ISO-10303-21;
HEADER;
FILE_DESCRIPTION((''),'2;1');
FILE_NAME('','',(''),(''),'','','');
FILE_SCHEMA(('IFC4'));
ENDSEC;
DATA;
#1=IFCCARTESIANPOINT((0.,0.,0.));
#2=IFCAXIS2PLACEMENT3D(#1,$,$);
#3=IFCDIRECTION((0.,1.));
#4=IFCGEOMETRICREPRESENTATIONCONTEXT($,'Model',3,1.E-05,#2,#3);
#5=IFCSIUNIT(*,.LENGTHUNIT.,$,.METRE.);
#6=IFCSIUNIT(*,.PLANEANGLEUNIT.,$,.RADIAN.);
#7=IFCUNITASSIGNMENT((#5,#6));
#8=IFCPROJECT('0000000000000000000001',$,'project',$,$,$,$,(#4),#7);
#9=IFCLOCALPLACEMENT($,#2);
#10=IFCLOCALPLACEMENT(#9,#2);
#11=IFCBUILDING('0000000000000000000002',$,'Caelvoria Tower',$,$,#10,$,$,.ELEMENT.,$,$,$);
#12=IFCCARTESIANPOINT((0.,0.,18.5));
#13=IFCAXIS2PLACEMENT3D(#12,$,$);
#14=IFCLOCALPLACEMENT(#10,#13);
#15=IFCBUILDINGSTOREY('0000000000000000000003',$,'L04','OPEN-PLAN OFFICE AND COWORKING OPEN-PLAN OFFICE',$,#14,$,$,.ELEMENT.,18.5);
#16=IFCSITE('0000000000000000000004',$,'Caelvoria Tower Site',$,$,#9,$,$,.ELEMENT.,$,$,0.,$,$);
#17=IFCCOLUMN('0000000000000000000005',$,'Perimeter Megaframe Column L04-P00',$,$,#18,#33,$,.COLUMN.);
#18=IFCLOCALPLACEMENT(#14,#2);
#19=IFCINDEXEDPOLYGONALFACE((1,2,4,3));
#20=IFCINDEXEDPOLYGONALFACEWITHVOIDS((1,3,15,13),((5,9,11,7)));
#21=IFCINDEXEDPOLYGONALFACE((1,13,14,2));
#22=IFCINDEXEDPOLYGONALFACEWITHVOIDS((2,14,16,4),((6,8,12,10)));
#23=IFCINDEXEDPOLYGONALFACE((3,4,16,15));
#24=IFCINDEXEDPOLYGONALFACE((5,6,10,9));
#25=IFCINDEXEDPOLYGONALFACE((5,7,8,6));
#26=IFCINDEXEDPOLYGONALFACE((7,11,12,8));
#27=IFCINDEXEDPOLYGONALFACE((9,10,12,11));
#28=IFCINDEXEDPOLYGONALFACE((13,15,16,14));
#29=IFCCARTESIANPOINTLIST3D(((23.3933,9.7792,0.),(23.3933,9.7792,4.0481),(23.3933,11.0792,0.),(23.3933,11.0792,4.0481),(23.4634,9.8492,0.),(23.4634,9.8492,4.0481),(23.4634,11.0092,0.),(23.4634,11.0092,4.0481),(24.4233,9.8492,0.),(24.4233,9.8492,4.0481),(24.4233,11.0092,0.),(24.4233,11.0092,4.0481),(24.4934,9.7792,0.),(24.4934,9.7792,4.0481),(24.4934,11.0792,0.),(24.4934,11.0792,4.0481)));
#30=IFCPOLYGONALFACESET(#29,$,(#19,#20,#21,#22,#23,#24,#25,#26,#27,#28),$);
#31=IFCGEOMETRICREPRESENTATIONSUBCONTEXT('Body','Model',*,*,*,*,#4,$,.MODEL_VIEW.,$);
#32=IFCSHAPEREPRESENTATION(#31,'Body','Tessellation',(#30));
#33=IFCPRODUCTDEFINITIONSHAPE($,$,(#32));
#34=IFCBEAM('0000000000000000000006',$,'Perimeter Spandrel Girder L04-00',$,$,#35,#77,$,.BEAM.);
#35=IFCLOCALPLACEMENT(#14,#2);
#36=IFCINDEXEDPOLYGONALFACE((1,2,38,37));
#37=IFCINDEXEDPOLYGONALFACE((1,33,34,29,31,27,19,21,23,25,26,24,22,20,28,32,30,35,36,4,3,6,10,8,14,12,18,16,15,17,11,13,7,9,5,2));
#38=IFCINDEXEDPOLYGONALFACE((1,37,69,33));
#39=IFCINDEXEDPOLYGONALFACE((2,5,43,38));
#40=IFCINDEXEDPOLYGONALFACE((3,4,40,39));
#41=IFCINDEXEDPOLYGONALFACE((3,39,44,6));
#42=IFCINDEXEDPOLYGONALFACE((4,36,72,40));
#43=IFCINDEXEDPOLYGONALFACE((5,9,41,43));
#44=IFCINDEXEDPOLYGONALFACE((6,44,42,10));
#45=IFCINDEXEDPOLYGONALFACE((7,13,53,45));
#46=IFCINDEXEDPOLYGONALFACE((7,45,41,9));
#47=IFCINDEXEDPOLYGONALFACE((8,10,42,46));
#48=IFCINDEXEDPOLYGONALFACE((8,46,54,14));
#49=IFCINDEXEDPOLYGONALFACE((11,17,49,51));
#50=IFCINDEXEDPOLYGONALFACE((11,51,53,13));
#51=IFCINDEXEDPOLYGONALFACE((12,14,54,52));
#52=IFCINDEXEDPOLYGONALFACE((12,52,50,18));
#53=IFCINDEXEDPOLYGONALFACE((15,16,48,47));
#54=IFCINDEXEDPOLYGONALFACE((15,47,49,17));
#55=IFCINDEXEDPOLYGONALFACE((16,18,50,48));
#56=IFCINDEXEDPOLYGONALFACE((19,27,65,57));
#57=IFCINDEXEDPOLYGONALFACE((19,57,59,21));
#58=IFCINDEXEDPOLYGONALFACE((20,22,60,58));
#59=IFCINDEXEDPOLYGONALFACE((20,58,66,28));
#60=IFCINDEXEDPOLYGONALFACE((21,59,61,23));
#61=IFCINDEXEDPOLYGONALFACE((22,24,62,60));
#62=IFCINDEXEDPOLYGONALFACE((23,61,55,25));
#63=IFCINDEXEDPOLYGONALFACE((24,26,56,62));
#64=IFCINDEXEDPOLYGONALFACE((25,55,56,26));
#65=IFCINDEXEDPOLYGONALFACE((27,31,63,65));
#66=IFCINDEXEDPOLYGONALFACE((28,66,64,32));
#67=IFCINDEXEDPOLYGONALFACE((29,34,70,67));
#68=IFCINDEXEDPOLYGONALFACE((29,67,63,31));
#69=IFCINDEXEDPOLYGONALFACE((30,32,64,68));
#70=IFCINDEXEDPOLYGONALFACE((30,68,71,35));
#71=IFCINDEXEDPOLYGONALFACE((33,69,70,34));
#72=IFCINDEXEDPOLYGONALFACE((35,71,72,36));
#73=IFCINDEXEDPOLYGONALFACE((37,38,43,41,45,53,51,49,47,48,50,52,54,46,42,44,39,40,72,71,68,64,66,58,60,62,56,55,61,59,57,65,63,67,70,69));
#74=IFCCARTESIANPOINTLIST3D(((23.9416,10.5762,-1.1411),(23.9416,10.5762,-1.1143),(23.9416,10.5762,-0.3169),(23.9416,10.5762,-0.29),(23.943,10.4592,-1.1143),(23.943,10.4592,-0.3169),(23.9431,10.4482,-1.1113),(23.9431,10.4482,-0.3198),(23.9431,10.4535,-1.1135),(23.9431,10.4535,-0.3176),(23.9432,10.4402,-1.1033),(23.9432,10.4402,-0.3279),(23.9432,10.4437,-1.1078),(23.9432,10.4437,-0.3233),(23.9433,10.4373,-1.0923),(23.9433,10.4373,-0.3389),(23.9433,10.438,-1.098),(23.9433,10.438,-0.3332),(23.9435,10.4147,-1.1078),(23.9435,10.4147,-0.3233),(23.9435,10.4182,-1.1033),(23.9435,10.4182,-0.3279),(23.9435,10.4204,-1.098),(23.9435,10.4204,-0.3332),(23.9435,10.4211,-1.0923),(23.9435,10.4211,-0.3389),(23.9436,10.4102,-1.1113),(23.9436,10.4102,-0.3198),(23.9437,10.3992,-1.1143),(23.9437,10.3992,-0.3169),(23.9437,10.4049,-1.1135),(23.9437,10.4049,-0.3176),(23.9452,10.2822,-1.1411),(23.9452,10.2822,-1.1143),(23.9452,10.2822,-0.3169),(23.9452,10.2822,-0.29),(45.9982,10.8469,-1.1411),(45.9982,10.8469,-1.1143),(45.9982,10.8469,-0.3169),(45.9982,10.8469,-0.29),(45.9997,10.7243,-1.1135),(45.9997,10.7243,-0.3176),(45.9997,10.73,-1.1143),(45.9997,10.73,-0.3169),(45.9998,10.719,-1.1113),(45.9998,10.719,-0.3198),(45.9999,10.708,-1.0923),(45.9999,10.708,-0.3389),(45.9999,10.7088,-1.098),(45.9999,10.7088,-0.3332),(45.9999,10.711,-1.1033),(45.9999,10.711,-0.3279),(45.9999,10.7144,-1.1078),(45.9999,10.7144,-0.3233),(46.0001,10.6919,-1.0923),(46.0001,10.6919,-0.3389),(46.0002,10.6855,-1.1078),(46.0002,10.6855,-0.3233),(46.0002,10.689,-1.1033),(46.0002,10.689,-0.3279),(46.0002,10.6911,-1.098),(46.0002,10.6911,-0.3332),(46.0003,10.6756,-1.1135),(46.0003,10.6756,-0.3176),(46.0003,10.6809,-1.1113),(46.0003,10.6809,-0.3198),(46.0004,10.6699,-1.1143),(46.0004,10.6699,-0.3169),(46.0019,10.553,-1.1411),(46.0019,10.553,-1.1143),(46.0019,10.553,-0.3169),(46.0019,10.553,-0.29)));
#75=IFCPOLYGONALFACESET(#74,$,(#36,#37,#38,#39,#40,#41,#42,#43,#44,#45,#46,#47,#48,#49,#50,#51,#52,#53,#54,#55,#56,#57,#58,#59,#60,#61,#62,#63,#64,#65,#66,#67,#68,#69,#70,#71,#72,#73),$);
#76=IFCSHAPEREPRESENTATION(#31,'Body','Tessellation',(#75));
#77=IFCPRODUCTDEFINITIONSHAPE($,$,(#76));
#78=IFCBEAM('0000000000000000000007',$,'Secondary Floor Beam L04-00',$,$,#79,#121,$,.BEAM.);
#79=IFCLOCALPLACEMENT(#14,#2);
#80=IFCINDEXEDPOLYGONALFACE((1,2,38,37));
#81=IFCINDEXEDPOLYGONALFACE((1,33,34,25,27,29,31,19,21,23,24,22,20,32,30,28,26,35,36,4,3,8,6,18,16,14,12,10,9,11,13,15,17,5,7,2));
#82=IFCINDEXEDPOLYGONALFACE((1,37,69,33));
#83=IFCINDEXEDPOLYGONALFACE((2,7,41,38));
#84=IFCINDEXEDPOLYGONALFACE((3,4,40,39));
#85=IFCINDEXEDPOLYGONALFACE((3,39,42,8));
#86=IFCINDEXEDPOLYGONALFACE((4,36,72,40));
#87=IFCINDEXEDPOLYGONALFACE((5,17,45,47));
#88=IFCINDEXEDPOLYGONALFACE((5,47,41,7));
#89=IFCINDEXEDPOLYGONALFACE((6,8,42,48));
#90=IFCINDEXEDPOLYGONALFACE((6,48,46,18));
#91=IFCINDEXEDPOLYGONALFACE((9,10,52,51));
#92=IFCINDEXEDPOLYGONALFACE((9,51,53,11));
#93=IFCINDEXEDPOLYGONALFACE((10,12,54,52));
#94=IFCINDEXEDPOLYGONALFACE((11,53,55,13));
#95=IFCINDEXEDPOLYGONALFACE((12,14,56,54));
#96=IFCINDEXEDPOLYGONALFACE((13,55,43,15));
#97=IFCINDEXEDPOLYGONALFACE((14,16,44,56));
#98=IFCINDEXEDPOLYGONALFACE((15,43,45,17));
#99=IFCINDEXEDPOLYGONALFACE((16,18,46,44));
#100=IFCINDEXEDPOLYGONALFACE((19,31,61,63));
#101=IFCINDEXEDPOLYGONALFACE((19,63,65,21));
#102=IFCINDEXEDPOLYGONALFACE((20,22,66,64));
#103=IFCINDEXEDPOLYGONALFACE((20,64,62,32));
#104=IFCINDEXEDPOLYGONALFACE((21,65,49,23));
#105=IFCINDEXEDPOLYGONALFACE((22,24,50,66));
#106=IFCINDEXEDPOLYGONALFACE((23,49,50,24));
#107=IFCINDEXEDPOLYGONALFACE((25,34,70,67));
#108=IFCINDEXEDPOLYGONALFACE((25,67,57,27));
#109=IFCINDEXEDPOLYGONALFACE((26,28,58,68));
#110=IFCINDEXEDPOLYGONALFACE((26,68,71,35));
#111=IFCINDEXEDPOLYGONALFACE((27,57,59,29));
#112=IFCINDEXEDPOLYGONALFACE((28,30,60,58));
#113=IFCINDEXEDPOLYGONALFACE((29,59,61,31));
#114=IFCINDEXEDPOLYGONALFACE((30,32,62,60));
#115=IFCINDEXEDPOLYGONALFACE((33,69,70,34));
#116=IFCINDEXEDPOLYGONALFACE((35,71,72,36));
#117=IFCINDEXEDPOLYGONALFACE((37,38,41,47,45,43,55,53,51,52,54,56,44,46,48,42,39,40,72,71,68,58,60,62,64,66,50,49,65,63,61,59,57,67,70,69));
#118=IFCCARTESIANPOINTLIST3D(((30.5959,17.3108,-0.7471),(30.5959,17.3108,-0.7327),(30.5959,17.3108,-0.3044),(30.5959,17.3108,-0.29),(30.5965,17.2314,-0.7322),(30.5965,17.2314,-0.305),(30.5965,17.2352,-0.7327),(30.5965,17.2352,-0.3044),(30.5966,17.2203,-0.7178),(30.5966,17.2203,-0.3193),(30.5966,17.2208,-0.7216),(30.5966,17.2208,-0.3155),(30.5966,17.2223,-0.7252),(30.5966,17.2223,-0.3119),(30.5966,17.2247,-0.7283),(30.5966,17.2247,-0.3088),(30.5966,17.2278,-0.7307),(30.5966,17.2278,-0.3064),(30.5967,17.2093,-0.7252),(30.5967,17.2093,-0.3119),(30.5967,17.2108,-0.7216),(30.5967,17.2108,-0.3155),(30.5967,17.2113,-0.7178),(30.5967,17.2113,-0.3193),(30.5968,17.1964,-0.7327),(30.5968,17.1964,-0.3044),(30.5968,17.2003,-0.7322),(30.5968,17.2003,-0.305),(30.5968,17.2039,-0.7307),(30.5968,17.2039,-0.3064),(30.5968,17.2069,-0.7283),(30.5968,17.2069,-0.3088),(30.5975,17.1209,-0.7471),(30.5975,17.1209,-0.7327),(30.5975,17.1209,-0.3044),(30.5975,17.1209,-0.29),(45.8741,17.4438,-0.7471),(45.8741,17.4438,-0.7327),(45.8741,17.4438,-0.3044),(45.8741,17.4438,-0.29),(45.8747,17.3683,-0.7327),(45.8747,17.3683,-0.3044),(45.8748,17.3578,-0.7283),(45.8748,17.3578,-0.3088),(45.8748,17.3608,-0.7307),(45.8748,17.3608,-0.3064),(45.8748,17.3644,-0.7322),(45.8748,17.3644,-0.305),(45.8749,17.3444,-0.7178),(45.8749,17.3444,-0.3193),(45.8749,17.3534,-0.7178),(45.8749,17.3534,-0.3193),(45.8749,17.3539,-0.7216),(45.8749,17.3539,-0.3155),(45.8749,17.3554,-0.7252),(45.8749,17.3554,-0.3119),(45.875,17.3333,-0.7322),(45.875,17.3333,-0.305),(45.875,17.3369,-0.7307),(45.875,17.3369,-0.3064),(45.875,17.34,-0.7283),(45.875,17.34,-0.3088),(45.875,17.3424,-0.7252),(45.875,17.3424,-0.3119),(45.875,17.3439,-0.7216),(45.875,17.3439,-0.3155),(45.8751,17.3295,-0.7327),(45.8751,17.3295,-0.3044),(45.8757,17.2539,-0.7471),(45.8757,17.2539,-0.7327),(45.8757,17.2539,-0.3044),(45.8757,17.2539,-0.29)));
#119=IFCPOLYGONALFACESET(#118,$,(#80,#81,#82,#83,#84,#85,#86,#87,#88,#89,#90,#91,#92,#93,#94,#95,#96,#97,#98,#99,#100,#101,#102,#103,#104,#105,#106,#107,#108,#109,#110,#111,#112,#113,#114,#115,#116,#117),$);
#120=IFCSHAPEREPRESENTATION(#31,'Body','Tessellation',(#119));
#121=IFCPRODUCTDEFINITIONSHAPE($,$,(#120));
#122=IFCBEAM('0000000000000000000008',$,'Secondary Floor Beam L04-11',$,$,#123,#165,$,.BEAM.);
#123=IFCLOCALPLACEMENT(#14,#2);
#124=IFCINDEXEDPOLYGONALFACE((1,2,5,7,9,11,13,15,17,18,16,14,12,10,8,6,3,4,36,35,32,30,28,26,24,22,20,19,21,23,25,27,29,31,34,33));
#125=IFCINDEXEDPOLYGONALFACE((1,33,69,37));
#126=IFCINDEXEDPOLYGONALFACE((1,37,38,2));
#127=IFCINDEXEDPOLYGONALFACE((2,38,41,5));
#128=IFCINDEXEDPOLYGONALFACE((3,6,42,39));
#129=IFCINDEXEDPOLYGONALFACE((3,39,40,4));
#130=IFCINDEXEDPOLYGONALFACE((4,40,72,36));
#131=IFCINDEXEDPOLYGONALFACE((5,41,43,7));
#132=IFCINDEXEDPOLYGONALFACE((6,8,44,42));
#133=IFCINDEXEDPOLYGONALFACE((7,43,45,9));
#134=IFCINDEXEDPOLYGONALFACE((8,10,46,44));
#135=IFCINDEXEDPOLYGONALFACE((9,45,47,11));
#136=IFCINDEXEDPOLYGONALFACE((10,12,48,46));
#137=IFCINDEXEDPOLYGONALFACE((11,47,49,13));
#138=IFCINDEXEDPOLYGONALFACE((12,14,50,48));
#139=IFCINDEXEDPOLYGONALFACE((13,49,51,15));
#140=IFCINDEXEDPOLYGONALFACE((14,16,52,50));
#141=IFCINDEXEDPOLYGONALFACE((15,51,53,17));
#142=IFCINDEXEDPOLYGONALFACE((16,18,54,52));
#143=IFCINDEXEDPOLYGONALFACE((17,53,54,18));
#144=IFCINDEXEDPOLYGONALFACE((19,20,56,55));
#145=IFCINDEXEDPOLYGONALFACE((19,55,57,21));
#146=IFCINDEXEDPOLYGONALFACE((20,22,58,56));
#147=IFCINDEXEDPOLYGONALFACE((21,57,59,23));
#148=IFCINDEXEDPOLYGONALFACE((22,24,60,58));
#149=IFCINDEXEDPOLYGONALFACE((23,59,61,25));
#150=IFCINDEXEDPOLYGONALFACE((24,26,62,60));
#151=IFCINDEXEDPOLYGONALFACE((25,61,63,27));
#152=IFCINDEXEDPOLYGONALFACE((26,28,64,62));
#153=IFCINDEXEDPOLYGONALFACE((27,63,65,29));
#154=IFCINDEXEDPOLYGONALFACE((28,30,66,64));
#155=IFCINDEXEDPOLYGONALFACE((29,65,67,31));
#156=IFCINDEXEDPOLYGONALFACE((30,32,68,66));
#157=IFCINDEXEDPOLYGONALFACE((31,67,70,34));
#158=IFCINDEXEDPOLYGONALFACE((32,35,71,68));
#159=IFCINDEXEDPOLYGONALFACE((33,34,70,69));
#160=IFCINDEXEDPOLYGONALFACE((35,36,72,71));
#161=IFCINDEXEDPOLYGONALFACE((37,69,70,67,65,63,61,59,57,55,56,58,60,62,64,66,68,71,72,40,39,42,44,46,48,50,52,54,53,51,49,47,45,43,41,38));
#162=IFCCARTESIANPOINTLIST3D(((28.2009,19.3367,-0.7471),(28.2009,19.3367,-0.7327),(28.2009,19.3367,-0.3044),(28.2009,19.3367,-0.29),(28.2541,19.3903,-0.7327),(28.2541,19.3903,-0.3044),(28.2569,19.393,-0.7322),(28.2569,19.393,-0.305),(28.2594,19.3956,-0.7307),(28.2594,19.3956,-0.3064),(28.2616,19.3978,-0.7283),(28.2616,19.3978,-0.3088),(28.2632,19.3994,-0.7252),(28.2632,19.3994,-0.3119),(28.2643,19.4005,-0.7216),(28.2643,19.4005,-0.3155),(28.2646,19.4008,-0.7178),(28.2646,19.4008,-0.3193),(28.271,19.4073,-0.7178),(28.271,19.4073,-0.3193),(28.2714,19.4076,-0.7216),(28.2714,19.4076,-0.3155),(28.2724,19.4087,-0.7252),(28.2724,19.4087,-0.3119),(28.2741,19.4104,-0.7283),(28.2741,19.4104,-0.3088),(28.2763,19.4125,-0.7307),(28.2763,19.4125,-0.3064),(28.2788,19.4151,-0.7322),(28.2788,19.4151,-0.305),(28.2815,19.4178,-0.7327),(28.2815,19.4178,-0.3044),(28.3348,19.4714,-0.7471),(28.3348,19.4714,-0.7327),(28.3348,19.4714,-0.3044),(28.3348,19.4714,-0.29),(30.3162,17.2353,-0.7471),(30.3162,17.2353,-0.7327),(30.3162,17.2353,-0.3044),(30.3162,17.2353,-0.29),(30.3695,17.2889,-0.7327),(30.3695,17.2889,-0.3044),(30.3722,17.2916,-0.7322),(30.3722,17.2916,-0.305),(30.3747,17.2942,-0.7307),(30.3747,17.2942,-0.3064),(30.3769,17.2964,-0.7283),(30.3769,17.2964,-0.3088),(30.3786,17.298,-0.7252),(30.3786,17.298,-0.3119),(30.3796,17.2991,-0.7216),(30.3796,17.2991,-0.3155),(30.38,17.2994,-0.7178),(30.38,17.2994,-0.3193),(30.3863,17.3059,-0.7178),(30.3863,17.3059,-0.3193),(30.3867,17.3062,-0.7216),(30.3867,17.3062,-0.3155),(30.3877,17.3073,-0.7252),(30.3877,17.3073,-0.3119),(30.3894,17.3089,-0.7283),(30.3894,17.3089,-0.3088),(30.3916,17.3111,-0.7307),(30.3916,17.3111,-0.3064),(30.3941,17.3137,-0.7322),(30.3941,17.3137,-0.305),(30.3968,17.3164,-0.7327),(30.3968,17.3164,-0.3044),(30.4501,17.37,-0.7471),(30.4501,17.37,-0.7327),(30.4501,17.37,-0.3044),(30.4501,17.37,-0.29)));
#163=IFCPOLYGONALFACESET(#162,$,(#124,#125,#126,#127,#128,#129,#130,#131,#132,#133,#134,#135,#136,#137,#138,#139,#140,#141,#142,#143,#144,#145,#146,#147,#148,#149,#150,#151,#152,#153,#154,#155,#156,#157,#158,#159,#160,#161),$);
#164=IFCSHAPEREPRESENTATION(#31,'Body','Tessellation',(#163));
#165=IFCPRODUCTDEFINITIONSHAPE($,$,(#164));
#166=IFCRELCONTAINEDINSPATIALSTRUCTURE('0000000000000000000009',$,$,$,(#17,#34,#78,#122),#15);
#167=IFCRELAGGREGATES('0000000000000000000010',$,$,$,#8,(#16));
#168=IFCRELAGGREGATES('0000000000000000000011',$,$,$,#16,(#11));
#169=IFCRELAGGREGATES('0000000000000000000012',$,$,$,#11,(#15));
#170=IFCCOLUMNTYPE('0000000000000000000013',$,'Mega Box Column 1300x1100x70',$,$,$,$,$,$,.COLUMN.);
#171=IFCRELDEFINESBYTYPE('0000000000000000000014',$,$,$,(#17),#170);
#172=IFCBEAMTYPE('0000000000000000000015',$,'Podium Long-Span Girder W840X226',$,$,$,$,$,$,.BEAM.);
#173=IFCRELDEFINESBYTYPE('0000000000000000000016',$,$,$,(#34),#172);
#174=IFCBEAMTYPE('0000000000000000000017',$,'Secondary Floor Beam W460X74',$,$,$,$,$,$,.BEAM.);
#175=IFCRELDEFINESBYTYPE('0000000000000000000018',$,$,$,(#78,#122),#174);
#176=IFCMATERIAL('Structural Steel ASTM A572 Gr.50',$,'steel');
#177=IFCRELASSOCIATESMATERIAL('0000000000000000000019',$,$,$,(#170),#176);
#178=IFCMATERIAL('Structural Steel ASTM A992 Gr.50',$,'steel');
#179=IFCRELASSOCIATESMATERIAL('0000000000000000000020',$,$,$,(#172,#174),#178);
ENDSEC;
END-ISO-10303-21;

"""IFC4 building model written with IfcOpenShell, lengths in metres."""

from ifc_helpers import new_model, si_unit, direction, frame, origin, origin_2d, place, context, subcontext, project, spatial, hollow_rectangle, i_section, extrude, material, material_profile, profile_set, type_object, element, save


model = new_model("IFC4")

# Units and contexts
model_context = context("Model", 3, precision=1e-05, world=origin(), true_north=direction((0.0, 1.0)))
body_context = subcontext(model_context, "Body", "Model", "MODEL_VIEW")
ifc_project = project(units=[si_unit("LENGTHUNIT", "METRE"), si_unit("PLANEANGLEUNIT", "RADIAN")], contexts=[model_context])

# Site, building, storey
site_placement = place(None, origin())
site = spatial("IfcSite", under=ifc_project, at=site_placement, Name="Caelvoria Tower Site", CompositionType="ELEMENT", RefElevation=0.0)
building_placement = place(site_placement, origin())
building = spatial("IfcBuilding", under=site, at=building_placement, Name="Caelvoria Tower", CompositionType="ELEMENT")
storey_placement = place(building_placement, frame((0.0, 0.0, 18.5)))
storey = spatial("IfcBuildingStorey", under=building, at=storey_placement, Name="L04", Description="OPEN-PLAN OFFICE AND COWORKING OPEN-PLAN OFFICE", CompositionType="ELEMENT", Elevation=18.5)

# Column
ifc_material_1 = material(Name="Structural Steel ASTM A572 Gr.50", Category="steel")
ifc_material_profile_1 = material_profile(ifc_material_1, hollow_rectangle(XDim=1.1001, YDim=1.3, WallThickness=0.0701, at=origin_2d()), Name="Structural Steel ASTM A572 Gr.50")
ifc_profile_set_1 = profile_set([ifc_material_profile_1], Name="BOX1300X1100X70 - Structural Steel ASTM A572 Gr.50")
column_type = type_object("IfcColumnType", Name="Mega Box Column 1300x1100x70", PredefinedType="COLUMN", material=ifc_profile_set_1)
column_placement = place(storey_placement, frame((23.9434, 10.4292, 0.0), z_axis=(0.0, 0.0, 1.0), x_axis=(1.0, 0.0, 0.0)))
element("IfcColumn", 1, at=column_placement, inside=storey, type_object=column_type, Name="Perimeter Megaframe Column L04-P00", PredefinedType="COLUMN", context=body_context, shape_type="SweptSolid", body=[
    extrude(hollow_rectangle(XDim=1.1001, YDim=1.3, WallThickness=0.0701, at=origin_2d()), origin(), (0.0, 0.0, 1.0), 4.0481),
])

# Beams
ifc_material_2 = material(Name="Structural Steel ASTM A992 Gr.50", Category="steel")
ifc_material_profile_2 = material_profile(ifc_material_2, i_section(OverallWidth=0.2939, OverallDepth=0.8511, WebThickness=0.0161, FlangeThickness=0.0269, FilletRadius=0.022, at=origin_2d()), Name="Structural Steel ASTM A992 Gr.50")
ifc_profile_set_2 = profile_set([ifc_material_profile_2], Name="W840X226 - Structural Steel ASTM A992 Gr.50")
beam_type_1 = type_object("IfcBeamType", Name="Podium Long-Span Girder W840X226", PredefinedType="BEAM", material=ifc_profile_set_2)
beam_1_placement = place(storey_placement, frame((23.9434, 10.4292, -0.7156), z_axis=(0.999925, 0.012274, 0.0), x_axis=(-0.012274, 0.999925, 0.0)))
element("IfcBeam", 2, at=beam_1_placement, inside=storey, type_object=beam_type_1, Name="Perimeter Spandrel Girder L04-00", PredefinedType="BEAM", context=body_context, shape_type="SweptSolid", body=[
    extrude(i_section(OverallWidth=0.2939, OverallDepth=0.8511, WebThickness=0.0161, FlangeThickness=0.0269, FilletRadius=0.022, at=origin_2d()), origin(), (0.0, 0.0, 1.0), 22.0583),
])
ifc_material_profile_3 = material_profile(ifc_material_2, i_section(OverallWidth=0.1899, OverallDepth=0.457, WebThickness=0.009, FlangeThickness=0.0144, FilletRadius=0.0149, at=origin_2d()), Name="Structural Steel ASTM A992 Gr.50")
ifc_profile_set_3 = profile_set([ifc_material_profile_3], Name="W460X74 - Structural Steel ASTM A992 Gr.50")
beam_type_2 = type_object("IfcBeamType", Name="Secondary Floor Beam W460X74", PredefinedType="BEAM", material=ifc_profile_set_3)
beam_2_placement = place(storey_placement, frame((30.5967, 17.2158, -0.5186), z_axis=(0.999962, 0.008709, 0.0), x_axis=(-0.008709, 0.999962, 0.0)))
element("IfcBeam", 3, at=beam_2_placement, inside=storey, type_object=beam_type_2, Name="Secondary Floor Beam L04-00", PredefinedType="BEAM", context=body_context, shape_type="SweptSolid", body=[
    extrude(i_section(OverallWidth=0.1899, OverallDepth=0.457, WebThickness=0.009, FlangeThickness=0.0144, FilletRadius=0.0149, at=origin_2d()), origin(), (0.0, 0.0, 1.0), 15.2788),
])
beam_3_placement = place(storey_placement, frame((28.2678, 19.4041, -0.5186), z_axis=(0.709437, -0.704769, 0.0), x_axis=(0.704769, 0.709437, 0.0)))
element("IfcBeam", 4, at=beam_3_placement, inside=storey, type_object=beam_type_2, Name="Secondary Floor Beam L04-11", PredefinedType="BEAM", context=body_context, shape_type="SweptSolid", body=[
    extrude(i_section(OverallWidth=0.1899, OverallDepth=0.457, WebThickness=0.009, FlangeThickness=0.0144, FilletRadius=0.0149, at=origin_2d()), origin(), (0.0, 0.0, 1.0), 2.9817),
])

save(model, "model.ifc")
